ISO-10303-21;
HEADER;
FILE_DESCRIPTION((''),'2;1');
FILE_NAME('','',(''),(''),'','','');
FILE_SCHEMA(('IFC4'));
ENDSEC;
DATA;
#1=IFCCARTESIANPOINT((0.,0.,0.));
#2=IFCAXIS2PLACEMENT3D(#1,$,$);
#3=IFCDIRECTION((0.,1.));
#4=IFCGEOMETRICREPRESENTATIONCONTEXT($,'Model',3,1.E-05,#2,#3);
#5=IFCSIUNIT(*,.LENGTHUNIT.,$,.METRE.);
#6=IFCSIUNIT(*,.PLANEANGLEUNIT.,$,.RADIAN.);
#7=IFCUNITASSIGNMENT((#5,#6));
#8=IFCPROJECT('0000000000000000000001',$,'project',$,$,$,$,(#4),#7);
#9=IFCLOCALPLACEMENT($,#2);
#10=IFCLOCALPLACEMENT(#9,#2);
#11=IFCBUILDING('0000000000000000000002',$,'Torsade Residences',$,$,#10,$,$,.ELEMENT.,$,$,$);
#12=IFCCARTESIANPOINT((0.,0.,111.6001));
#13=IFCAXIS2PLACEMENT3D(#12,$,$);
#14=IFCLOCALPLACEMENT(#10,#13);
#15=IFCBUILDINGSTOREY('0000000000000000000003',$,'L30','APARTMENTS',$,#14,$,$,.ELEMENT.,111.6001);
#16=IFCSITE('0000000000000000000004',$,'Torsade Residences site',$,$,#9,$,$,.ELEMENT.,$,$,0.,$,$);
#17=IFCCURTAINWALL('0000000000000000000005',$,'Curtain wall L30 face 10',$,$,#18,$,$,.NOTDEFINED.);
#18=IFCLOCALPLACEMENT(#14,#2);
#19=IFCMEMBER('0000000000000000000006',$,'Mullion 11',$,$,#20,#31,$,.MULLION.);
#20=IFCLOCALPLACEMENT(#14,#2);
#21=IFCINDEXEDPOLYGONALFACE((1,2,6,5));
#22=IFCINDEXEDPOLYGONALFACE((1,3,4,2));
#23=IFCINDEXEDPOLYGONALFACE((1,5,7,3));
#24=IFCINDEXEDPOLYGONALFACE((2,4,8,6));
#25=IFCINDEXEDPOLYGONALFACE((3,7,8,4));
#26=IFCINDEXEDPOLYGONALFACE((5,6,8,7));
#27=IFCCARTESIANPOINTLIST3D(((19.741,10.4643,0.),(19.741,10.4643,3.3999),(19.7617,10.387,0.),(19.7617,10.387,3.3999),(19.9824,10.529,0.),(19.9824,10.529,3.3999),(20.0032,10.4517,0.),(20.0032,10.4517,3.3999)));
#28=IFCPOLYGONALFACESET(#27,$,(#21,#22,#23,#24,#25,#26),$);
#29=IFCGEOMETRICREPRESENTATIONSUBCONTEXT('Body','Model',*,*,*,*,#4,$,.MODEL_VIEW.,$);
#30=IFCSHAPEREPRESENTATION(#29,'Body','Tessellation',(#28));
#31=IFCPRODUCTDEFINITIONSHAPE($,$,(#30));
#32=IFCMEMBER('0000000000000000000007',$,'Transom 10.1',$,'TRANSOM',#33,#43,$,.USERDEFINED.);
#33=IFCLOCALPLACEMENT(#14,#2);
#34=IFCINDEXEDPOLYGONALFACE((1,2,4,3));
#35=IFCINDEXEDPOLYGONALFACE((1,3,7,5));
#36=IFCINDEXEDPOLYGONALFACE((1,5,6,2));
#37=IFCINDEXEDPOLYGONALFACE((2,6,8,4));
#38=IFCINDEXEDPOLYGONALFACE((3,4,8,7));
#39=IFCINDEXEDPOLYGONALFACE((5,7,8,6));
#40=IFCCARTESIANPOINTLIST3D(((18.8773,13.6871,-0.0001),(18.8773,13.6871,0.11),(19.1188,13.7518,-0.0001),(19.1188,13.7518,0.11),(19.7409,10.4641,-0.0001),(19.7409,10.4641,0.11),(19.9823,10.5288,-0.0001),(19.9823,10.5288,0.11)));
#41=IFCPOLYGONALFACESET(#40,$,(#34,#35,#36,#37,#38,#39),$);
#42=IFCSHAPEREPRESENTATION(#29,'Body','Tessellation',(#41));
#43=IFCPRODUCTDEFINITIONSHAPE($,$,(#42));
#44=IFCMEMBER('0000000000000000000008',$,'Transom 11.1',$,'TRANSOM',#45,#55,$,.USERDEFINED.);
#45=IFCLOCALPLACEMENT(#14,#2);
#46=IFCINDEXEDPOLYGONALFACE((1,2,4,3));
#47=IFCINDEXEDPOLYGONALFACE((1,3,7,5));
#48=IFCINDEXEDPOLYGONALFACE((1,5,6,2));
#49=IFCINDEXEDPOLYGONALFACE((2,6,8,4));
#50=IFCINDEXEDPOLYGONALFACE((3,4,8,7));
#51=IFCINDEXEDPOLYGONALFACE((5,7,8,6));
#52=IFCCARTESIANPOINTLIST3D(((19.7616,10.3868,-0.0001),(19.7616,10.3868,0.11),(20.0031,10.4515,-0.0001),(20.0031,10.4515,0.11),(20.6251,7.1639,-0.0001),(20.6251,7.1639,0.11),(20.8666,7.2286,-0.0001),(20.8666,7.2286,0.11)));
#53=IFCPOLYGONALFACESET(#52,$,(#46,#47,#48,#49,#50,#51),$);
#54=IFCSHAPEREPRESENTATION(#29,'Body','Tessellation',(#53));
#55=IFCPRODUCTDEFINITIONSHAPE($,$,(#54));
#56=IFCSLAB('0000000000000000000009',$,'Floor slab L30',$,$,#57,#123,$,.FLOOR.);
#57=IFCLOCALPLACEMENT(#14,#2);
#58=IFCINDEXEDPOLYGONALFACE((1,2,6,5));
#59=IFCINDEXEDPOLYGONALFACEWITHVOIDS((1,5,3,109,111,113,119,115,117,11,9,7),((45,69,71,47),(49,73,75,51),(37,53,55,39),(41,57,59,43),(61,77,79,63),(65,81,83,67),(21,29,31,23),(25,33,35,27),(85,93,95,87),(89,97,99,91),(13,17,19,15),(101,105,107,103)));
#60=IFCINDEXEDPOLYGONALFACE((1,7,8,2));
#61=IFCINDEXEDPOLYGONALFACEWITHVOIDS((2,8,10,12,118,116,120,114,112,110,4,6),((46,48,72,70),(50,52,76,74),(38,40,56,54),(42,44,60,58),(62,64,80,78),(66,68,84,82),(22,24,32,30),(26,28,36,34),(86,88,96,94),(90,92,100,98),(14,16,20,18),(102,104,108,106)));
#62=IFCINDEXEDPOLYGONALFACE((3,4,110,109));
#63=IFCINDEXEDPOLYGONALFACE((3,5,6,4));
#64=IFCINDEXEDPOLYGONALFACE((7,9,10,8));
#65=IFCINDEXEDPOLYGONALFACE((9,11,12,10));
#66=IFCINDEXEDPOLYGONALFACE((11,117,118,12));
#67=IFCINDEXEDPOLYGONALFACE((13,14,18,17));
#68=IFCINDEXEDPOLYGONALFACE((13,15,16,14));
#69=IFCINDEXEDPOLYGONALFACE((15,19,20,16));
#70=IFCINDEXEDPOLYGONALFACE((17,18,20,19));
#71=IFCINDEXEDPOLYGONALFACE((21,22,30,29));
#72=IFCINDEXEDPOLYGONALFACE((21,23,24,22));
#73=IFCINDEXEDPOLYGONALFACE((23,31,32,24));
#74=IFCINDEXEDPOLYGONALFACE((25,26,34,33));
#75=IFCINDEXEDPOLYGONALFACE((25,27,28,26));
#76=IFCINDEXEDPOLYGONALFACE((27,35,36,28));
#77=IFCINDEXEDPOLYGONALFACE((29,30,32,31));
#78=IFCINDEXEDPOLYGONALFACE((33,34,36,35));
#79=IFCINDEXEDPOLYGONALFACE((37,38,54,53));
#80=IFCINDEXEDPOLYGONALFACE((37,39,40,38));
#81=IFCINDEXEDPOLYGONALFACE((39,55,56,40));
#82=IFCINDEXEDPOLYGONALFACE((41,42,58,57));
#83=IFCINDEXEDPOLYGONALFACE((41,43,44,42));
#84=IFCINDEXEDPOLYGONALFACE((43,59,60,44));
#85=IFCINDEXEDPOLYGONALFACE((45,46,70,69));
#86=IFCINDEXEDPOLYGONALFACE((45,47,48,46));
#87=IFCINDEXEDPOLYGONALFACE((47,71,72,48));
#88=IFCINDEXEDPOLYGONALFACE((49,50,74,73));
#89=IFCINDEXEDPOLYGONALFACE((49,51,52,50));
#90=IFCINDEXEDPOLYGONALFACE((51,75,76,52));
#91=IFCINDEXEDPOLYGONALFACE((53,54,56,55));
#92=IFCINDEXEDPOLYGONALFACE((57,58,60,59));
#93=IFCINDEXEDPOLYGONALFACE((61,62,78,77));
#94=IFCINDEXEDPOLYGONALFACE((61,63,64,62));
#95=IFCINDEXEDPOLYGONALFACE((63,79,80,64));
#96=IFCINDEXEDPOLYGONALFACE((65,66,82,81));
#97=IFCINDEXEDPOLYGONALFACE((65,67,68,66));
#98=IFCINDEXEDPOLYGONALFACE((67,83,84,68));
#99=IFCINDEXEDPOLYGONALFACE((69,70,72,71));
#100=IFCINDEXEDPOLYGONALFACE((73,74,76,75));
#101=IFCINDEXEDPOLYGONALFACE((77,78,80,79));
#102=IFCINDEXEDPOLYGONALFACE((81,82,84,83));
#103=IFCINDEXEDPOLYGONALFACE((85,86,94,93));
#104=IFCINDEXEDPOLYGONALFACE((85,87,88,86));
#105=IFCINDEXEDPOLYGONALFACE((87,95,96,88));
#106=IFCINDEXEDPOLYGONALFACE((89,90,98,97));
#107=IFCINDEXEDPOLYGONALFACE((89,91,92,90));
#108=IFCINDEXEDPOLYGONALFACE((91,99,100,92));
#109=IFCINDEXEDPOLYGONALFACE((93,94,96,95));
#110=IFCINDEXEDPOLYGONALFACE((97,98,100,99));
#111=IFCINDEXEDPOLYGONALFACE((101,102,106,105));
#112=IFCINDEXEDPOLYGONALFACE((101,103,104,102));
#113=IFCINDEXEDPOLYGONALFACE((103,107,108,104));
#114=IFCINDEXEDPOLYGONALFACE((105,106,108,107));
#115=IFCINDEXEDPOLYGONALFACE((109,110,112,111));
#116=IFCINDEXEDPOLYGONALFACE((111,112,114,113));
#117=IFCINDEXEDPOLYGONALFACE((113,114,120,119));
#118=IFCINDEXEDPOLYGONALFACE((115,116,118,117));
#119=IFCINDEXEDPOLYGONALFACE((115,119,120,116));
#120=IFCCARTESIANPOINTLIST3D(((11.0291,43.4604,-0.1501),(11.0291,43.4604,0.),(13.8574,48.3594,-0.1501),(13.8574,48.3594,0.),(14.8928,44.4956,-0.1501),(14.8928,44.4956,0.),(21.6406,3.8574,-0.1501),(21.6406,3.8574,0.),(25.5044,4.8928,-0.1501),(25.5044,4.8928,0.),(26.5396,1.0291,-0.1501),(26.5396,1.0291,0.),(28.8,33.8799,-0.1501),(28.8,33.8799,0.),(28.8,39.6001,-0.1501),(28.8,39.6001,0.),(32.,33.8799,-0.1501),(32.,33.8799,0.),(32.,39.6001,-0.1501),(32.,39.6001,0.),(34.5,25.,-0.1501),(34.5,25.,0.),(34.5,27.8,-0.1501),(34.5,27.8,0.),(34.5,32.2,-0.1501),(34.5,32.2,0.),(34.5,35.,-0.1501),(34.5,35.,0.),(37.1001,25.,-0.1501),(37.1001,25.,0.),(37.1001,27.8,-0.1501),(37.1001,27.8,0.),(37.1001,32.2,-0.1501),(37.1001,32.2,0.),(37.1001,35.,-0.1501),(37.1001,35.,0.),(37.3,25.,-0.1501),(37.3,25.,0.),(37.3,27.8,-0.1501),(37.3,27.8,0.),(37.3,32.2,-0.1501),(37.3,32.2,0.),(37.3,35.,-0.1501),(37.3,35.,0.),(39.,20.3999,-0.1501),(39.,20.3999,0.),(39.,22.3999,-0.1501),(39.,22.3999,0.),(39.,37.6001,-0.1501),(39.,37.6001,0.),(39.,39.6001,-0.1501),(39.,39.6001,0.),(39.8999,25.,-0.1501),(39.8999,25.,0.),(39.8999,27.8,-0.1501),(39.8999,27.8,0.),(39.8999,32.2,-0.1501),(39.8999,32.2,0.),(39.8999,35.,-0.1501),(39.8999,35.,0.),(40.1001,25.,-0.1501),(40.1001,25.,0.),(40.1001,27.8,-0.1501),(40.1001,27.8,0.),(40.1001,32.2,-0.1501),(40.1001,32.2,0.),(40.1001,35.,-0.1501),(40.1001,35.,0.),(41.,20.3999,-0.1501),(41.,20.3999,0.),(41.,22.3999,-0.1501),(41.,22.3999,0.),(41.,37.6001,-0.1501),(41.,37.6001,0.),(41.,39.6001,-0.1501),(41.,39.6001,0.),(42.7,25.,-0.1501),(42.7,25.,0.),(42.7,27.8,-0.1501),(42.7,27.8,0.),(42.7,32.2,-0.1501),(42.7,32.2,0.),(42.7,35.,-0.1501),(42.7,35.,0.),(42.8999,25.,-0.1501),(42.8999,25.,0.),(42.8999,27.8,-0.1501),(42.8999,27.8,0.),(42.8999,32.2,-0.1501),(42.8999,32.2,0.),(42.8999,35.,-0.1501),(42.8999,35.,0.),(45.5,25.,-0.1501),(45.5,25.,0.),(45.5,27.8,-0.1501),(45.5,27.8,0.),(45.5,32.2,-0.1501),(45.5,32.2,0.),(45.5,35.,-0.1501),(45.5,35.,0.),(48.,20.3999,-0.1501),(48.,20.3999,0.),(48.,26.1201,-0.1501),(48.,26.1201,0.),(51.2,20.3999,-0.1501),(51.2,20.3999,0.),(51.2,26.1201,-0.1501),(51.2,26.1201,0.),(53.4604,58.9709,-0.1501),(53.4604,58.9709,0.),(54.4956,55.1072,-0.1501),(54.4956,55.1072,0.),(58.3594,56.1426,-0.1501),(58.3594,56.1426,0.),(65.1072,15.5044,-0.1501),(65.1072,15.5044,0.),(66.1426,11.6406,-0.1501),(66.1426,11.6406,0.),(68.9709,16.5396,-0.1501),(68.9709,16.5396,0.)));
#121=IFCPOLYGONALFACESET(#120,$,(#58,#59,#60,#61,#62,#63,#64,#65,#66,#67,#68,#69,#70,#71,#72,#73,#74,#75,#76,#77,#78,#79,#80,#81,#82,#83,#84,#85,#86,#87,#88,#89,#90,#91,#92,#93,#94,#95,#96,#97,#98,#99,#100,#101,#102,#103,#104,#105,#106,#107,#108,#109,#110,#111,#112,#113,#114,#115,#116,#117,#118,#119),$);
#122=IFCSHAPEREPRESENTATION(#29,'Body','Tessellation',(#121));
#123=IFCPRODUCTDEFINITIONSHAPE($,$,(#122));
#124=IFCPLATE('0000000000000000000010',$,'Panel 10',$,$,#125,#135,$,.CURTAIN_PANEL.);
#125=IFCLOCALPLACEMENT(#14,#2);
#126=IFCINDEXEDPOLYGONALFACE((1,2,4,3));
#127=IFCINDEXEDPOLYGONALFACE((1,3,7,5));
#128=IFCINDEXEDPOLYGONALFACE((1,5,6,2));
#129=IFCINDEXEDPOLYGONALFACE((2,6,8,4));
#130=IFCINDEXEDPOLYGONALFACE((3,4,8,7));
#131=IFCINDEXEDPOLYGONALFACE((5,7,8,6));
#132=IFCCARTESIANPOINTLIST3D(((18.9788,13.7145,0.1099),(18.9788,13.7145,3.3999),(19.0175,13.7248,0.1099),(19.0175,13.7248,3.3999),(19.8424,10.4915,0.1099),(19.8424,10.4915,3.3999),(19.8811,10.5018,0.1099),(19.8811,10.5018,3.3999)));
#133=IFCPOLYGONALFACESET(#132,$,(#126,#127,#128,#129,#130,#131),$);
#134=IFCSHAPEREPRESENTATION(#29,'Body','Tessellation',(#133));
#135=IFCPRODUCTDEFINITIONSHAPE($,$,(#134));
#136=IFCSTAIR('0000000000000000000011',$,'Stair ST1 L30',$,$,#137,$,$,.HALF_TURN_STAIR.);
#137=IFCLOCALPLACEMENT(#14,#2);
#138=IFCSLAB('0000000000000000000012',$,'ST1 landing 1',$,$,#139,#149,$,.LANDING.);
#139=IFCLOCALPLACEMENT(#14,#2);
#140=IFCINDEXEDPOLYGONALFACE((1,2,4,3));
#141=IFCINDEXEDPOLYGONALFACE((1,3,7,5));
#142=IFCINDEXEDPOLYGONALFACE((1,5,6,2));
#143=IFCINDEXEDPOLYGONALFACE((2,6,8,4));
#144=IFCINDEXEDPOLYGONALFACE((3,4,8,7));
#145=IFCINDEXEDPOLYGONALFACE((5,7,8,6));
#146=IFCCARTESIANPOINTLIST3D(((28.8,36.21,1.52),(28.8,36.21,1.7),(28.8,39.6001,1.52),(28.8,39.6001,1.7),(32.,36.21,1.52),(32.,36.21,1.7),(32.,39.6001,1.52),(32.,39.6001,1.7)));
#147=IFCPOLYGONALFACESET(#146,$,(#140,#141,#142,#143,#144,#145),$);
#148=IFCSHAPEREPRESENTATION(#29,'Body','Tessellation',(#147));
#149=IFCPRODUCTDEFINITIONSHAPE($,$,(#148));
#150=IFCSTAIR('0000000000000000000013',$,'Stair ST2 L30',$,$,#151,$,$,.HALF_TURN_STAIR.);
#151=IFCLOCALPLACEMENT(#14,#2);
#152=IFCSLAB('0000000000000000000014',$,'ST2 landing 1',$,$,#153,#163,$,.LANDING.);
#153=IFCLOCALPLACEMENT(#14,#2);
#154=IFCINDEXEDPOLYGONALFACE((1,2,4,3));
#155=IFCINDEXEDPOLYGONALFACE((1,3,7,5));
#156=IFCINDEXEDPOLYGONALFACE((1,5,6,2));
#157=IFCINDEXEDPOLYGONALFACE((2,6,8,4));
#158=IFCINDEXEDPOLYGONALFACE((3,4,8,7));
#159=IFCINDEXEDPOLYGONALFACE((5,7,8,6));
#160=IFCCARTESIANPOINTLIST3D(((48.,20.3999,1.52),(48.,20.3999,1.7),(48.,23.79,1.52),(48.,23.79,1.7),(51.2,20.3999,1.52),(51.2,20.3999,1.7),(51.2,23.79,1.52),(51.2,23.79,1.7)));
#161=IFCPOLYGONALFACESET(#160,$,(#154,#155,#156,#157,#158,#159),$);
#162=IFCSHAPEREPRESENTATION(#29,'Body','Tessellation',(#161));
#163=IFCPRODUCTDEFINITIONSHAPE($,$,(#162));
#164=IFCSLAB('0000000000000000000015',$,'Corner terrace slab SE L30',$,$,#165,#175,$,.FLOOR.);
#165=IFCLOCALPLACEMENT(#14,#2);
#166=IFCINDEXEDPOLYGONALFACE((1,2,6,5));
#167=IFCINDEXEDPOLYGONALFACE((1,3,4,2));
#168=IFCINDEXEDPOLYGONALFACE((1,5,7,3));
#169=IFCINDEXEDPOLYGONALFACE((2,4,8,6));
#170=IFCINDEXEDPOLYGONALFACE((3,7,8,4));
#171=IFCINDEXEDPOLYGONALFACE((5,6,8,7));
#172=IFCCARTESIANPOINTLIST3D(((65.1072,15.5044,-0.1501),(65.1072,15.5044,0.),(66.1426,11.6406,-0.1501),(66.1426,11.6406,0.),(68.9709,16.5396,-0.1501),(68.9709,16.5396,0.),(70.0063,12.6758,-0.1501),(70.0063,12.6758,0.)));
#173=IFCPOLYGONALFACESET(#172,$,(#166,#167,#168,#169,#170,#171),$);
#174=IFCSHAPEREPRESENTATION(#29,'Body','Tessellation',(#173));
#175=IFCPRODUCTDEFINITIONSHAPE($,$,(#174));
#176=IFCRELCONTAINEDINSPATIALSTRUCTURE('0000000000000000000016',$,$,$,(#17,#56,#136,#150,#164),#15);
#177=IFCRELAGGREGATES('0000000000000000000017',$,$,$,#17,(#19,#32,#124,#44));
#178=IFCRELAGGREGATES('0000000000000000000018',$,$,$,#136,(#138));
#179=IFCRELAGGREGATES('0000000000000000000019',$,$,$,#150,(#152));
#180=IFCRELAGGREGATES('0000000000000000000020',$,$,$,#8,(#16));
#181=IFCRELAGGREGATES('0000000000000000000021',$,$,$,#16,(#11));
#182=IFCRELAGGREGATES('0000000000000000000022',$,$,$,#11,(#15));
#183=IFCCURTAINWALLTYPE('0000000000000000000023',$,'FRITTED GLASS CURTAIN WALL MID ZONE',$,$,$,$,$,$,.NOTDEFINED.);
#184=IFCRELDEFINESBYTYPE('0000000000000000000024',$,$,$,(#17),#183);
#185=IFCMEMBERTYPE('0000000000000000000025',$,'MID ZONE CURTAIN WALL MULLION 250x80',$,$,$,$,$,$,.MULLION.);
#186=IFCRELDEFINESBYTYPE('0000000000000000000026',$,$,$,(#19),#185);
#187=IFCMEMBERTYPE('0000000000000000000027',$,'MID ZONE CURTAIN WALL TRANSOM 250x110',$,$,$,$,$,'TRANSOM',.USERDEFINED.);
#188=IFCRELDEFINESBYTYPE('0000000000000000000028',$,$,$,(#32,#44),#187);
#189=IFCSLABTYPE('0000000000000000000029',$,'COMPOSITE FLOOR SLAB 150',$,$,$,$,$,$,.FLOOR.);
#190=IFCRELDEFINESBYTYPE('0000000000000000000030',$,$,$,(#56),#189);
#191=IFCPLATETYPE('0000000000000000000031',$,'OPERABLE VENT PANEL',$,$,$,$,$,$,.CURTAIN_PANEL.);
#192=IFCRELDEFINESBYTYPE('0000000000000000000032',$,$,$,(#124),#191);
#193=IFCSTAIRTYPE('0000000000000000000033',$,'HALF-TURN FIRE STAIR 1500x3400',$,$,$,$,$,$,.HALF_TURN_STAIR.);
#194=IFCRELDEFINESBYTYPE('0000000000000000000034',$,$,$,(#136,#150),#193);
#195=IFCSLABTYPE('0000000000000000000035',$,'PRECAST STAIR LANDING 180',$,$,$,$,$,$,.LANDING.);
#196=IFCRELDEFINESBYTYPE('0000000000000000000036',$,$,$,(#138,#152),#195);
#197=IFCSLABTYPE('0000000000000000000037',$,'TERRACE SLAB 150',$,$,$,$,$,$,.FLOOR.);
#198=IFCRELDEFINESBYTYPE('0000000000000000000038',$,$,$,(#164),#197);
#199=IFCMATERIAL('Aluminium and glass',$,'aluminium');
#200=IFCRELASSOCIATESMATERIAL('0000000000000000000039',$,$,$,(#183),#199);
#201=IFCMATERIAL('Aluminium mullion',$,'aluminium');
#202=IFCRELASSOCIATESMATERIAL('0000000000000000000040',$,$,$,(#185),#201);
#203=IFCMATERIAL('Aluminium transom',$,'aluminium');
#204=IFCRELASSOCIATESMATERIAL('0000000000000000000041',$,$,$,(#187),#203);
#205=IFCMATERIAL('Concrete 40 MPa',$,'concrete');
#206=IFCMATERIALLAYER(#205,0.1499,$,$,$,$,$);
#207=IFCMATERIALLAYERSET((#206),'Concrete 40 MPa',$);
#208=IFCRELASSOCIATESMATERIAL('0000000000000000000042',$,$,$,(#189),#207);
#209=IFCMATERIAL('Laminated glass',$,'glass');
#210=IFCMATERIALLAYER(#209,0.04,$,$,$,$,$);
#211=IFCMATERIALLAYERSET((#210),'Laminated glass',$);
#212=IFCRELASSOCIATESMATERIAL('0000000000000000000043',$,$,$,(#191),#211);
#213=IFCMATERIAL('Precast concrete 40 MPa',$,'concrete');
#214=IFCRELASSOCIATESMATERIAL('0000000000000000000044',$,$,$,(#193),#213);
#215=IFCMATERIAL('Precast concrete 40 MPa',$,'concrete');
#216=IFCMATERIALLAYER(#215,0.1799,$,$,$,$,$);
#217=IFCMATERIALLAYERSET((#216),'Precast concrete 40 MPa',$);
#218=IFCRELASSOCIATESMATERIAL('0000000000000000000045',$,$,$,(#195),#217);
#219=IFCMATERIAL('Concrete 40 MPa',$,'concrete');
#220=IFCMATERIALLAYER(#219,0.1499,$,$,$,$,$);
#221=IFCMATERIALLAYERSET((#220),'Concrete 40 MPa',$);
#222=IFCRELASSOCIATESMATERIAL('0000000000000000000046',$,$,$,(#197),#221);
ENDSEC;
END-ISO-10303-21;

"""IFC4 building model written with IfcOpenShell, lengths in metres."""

from ifc_helpers import new_model, si_unit, direction, frame, origin, origin_2d, place, context, subcontext, project, spatial, polyline, rectangle, outline, extrude, material, layer, layer_set, material_profile, profile_set, type_object, element, aggregate, save


model = new_model("IFC4")

# Units and contexts
model_context = context("Model", 3, precision=1e-05, world=origin(), true_north=direction((0.0, 1.0)))
body_context = subcontext(model_context, "Body", "Model", "MODEL_VIEW")
ifc_project = project(units=[si_unit("LENGTHUNIT", "METRE"), si_unit("PLANEANGLEUNIT", "RADIAN")], contexts=[model_context])

# Site, building, storey
site_placement = place(None, origin())
site = spatial("IfcSite", under=ifc_project, at=site_placement, Name="Torsade Residences site", CompositionType="ELEMENT", RefElevation=0.0)
building_placement = place(site_placement, origin())
building = spatial("IfcBuilding", under=site, at=building_placement, Name="Torsade Residences", CompositionType="ELEMENT")
storey_placement = place(building_placement, frame((0.0, 0.0, 111.6001)))
storey = spatial("IfcBuildingStorey", under=building, at=storey_placement, Name="L30", Description="APARTMENTS", CompositionType="ELEMENT", Elevation=111.6001)

# Curtain wall, members
ifc_material_1 = material(Name="Aluminium and glass", Category="aluminium")
curtain_wall_type = type_object("IfcCurtainWallType", Name="FRITTED GLASS CURTAIN WALL MID ZONE", PredefinedType="NOTDEFINED", material=ifc_material_1)
curtain_wall_placement = place(storey_placement, origin())
curtain_wall = element("IfcCurtainWall", 1, at=curtain_wall_placement, inside=storey, type_object=curtain_wall_type, Name="Curtain wall L30 face 10", PredefinedType="NOTDEFINED")
ifc_material_2 = material(Name="Aluminium mullion", Category="aluminium")
ifc_material_profile_1 = material_profile(ifc_material_2, rectangle(XDim=0.25, YDim=0.0801, at=origin_2d()), Name="MID ZONE CURTAIN WALL MULLION 250x80")
ifc_profile_set_1 = profile_set([ifc_material_profile_1], Name="Aluminium mullion")
member_type_1 = type_object("IfcMemberType", Name="MID ZONE CURTAIN WALL MULLION 250x80", PredefinedType="MULLION", material=ifc_profile_set_1)
member_1_placement = place(storey_placement, frame((19.8721, 10.458, 0.0), z_axis=(0.0, 0.0, 1.0), x_axis=(0.965926, 0.258819, 0.0)))
member_1 = element("IfcMember", 2, at=member_1_placement, type_object=member_type_1, Name="Mullion 11", PredefinedType="MULLION", context=body_context, shape_type="SweptSolid", body=[
    extrude(rectangle(XDim=0.25, YDim=0.0801, at=origin_2d()), origin(), (0.0, 0.0, 1.0), 3.3999),
])
ifc_material_3 = material(Name="Aluminium transom", Category="aluminium")
ifc_material_profile_2 = material_profile(ifc_material_3, rectangle(XDim=0.25, YDim=0.1101, at=origin_2d()), Name="MID ZONE CURTAIN WALL TRANSOM 250x110")
ifc_profile_set_2 = profile_set([ifc_material_profile_2], Name="Aluminium transom")
member_type_2 = type_object("IfcMemberType", Name="MID ZONE CURTAIN WALL TRANSOM 250x110", ElementType="TRANSOM", PredefinedType="USERDEFINED", material=ifc_profile_set_2)
member_2_placement = place(storey_placement, frame((18.998, 13.7195, 0.0549), z_axis=(0.258806, -0.965929, 0.0), x_axis=(0.965929, 0.258806, 0.0)))
member_2 = element("IfcMember", 3, at=member_2_placement, type_object=member_type_2, Name="Transom 10.1", ObjectType="TRANSOM", PredefinedType="USERDEFINED", context=body_context, shape_type="SweptSolid", body=[
    extrude(rectangle(XDim=0.25, YDim=0.1101, at=origin_2d()), origin(), (0.0, 0.0, 1.0), 3.3367),
])
member_3_placement = place(storey_placement, frame((19.8823, 10.4192, 0.0549), z_axis=(0.258806, -0.965929, 0.0), x_axis=(0.965929, 0.258806, 0.0)))
member_3 = element("IfcMember", 4, at=member_3_placement, type_object=member_type_2, Name="Transom 11.1", ObjectType="TRANSOM", PredefinedType="USERDEFINED", context=body_context, shape_type="SweptSolid", body=[
    extrude(rectangle(XDim=0.25, YDim=0.1101, at=origin_2d()), origin(), (0.0, 0.0, 1.0), 3.3367),
])

# Slab
ifc_material_4 = material(Name="Concrete 40 MPa", Category="concrete")
ifc_layer_1 = layer(ifc_material_4, 0.1499)
ifc_layer_set_1 = layer_set([ifc_layer_1], Name="Concrete 40 MPa")
slab_type_1 = type_object("IfcSlabType", Name="COMPOSITE FLOOR SLAB 150", PredefinedType="FLOOR", material=ifc_layer_set_1)
slab_1_placement = place(storey_placement, frame((0.0, 0.0, -0.1501)))
element("IfcSlab", 5, at=slab_1_placement, inside=storey, type_object=slab_type_1, Name="Floor slab L30", PredefinedType="FLOOR", context=body_context, shape_type="SweptSolid", body=[
    extrude(outline(polyline([(26.5396, 1.0291), (66.1426, 11.6406), (65.1072, 15.5044), (68.9709, 16.5396), (58.3594, 56.1426), (54.4956, 55.1072), (53.4604, 58.9709), (13.8574, 48.3594), (14.8928, 44.4956), (11.0291, 43.4604), (21.6406, 3.8574), (25.5044, 4.8928), (26.5396, 1.0291)]), holes=[polyline([(51.2, 20.3999), (51.2, 26.1201), (48.0, 26.1201), (48.0, 20.3999), (51.2, 20.3999)]), polyline([(45.5, 27.8), (42.8999, 27.8), (42.8999, 25.0), (45.5, 25.0), (45.5, 27.8)]), polyline([(45.5, 32.2), (45.5, 35.0), (42.8999, 35.0), (42.8999, 32.2), (45.5, 32.2)]), polyline([(42.7, 25.0), (42.7, 27.8), (40.1001, 27.8), (40.1001, 25.0), (42.7, 25.0)]), polyline([(42.7, 32.2), (42.7, 35.0), (40.1001, 35.0), (40.1001, 32.2), (42.7, 32.2)]), polyline([(41.0, 22.3999), (39.0, 22.3999), (39.0, 20.3999), (41.0, 20.3999), (41.0, 22.3999)]), polyline([(41.0, 37.6001), (41.0, 39.6001), (39.0, 39.6001), (39.0, 37.6001), (41.0, 37.6001)]), polyline([(39.8999, 25.0), (39.8999, 27.8), (37.3, 27.8), (37.3, 25.0), (39.8999, 25.0)]), polyline([(39.8999, 35.0), (37.3, 35.0), (37.3, 32.2), (39.8999, 32.2), (39.8999, 35.0)]), polyline([(37.1001, 27.8), (34.5, 27.8), (34.5, 25.0), (37.1001, 25.0), (37.1001, 27.8)]), polyline([(37.1001, 32.2), (37.1001, 35.0), (34.5, 35.0), (34.5, 32.2), (37.1001, 32.2)]), polyline([(32.0, 33.8799), (32.0, 39.6001), (28.8, 39.6001), (28.8, 33.8799), (32.0, 33.8799)])]), origin(), (0.0, 0.0, 1.0), 0.1501),
])

# Plate
ifc_material_5 = material(Name="Laminated glass", Category="glass")
ifc_layer_2 = layer(ifc_material_5, 0.04)
ifc_layer_set_2 = layer_set([ifc_layer_2], Name="Laminated glass")
plate_type = type_object("IfcPlateType", Name="OPERABLE VENT PANEL", PredefinedType="CURTAIN_PANEL", material=ifc_layer_set_2)
plate_placement = place(storey_placement, frame((19.4299, 12.1082, 0.1099), z_axis=(0.0, 0.0, 1.0), x_axis=(0.258819, -0.965926, 0.0)))
plate = element("IfcPlate", 6, at=plate_placement, type_object=plate_type, Name="Panel 10", PredefinedType="CURTAIN_PANEL", context=body_context, shape_type="SweptSolid", body=[
    extrude(rectangle(XDim=3.3367, YDim=0.04, at=origin_2d()), origin(), (0.0, 0.0, 1.0), 3.29),
])
aggregate(curtain_wall, [member_1, member_2, plate, member_3])

# Stairs, slabs
ifc_material_6 = material(Name="Precast concrete 40 MPa", Category="concrete")
stair_type = type_object("IfcStairType", Name="HALF-TURN FIRE STAIR 1500x3400", PredefinedType="HALF_TURN_STAIR", material=ifc_material_6)
stair_1_placement = place(storey_placement, origin())
stair_1 = element("IfcStair", 7, at=stair_1_placement, inside=storey, type_object=stair_type, Name="Stair ST1 L30", PredefinedType="HALF_TURN_STAIR")
ifc_material_7 = material(Name="Precast concrete 40 MPa", Category="concrete")
ifc_layer_3 = layer(ifc_material_7, 0.1799)
ifc_layer_set_3 = layer_set([ifc_layer_3], Name="Precast concrete 40 MPa")
slab_type_2 = type_object("IfcSlabType", Name="PRECAST STAIR LANDING 180", PredefinedType="LANDING", material=ifc_layer_set_3)
slab_2_placement = place(storey_placement, frame((0.0, 0.0, 1.52)))
slab_2 = element("IfcSlab", 8, at=slab_2_placement, type_object=slab_type_2, Name="ST1 landing 1", PredefinedType="LANDING", context=body_context, shape_type="SweptSolid", body=[
    extrude(outline(polyline([(28.8, 36.21), (32.0, 36.21), (32.0, 39.6001), (28.8, 39.6001), (28.8, 36.21)])), origin(), (0.0, 0.0, 1.0), 0.1799),
])
aggregate(stair_1, [slab_2])
stair_2_placement = place(storey_placement, origin())
stair_2 = element("IfcStair", 9, at=stair_2_placement, inside=storey, type_object=stair_type, Name="Stair ST2 L30", PredefinedType="HALF_TURN_STAIR")
slab_3_placement = place(storey_placement, frame((0.0, 0.0, 1.52)))
slab_3 = element("IfcSlab", 10, at=slab_3_placement, type_object=slab_type_2, Name="ST2 landing 1", PredefinedType="LANDING", context=body_context, shape_type="SweptSolid", body=[
    extrude(outline(polyline([(48.0, 20.3999), (51.2, 20.3999), (51.2, 23.79), (48.0, 23.79), (48.0, 20.3999)])), origin(), (0.0, 0.0, 1.0), 0.1799),
])
aggregate(stair_2, [slab_3])

# Slab
ifc_material_8 = material(Name="Concrete 40 MPa", Category="concrete")
ifc_layer_4 = layer(ifc_material_8, 0.1499)
ifc_layer_set_4 = layer_set([ifc_layer_4], Name="Concrete 40 MPa")
slab_type_3 = type_object("IfcSlabType", Name="TERRACE SLAB 150", PredefinedType="FLOOR", material=ifc_layer_set_4)
slab_4_placement = place(storey_placement, frame((0.0, 0.0, -0.1501)))
element("IfcSlab", 11, at=slab_4_placement, inside=storey, type_object=slab_type_3, Name="Corner terrace slab SE L30", PredefinedType="FLOOR", context=body_context, shape_type="SweptSolid", body=[
    extrude(outline(polyline([(66.1426, 11.6406), (70.0063, 12.6758), (68.9709, 16.5396), (65.1072, 15.5044), (66.1426, 11.6406)])), origin(), (0.0, 0.0, 1.0), 0.1501),
])

save(model, "model.ifc")
